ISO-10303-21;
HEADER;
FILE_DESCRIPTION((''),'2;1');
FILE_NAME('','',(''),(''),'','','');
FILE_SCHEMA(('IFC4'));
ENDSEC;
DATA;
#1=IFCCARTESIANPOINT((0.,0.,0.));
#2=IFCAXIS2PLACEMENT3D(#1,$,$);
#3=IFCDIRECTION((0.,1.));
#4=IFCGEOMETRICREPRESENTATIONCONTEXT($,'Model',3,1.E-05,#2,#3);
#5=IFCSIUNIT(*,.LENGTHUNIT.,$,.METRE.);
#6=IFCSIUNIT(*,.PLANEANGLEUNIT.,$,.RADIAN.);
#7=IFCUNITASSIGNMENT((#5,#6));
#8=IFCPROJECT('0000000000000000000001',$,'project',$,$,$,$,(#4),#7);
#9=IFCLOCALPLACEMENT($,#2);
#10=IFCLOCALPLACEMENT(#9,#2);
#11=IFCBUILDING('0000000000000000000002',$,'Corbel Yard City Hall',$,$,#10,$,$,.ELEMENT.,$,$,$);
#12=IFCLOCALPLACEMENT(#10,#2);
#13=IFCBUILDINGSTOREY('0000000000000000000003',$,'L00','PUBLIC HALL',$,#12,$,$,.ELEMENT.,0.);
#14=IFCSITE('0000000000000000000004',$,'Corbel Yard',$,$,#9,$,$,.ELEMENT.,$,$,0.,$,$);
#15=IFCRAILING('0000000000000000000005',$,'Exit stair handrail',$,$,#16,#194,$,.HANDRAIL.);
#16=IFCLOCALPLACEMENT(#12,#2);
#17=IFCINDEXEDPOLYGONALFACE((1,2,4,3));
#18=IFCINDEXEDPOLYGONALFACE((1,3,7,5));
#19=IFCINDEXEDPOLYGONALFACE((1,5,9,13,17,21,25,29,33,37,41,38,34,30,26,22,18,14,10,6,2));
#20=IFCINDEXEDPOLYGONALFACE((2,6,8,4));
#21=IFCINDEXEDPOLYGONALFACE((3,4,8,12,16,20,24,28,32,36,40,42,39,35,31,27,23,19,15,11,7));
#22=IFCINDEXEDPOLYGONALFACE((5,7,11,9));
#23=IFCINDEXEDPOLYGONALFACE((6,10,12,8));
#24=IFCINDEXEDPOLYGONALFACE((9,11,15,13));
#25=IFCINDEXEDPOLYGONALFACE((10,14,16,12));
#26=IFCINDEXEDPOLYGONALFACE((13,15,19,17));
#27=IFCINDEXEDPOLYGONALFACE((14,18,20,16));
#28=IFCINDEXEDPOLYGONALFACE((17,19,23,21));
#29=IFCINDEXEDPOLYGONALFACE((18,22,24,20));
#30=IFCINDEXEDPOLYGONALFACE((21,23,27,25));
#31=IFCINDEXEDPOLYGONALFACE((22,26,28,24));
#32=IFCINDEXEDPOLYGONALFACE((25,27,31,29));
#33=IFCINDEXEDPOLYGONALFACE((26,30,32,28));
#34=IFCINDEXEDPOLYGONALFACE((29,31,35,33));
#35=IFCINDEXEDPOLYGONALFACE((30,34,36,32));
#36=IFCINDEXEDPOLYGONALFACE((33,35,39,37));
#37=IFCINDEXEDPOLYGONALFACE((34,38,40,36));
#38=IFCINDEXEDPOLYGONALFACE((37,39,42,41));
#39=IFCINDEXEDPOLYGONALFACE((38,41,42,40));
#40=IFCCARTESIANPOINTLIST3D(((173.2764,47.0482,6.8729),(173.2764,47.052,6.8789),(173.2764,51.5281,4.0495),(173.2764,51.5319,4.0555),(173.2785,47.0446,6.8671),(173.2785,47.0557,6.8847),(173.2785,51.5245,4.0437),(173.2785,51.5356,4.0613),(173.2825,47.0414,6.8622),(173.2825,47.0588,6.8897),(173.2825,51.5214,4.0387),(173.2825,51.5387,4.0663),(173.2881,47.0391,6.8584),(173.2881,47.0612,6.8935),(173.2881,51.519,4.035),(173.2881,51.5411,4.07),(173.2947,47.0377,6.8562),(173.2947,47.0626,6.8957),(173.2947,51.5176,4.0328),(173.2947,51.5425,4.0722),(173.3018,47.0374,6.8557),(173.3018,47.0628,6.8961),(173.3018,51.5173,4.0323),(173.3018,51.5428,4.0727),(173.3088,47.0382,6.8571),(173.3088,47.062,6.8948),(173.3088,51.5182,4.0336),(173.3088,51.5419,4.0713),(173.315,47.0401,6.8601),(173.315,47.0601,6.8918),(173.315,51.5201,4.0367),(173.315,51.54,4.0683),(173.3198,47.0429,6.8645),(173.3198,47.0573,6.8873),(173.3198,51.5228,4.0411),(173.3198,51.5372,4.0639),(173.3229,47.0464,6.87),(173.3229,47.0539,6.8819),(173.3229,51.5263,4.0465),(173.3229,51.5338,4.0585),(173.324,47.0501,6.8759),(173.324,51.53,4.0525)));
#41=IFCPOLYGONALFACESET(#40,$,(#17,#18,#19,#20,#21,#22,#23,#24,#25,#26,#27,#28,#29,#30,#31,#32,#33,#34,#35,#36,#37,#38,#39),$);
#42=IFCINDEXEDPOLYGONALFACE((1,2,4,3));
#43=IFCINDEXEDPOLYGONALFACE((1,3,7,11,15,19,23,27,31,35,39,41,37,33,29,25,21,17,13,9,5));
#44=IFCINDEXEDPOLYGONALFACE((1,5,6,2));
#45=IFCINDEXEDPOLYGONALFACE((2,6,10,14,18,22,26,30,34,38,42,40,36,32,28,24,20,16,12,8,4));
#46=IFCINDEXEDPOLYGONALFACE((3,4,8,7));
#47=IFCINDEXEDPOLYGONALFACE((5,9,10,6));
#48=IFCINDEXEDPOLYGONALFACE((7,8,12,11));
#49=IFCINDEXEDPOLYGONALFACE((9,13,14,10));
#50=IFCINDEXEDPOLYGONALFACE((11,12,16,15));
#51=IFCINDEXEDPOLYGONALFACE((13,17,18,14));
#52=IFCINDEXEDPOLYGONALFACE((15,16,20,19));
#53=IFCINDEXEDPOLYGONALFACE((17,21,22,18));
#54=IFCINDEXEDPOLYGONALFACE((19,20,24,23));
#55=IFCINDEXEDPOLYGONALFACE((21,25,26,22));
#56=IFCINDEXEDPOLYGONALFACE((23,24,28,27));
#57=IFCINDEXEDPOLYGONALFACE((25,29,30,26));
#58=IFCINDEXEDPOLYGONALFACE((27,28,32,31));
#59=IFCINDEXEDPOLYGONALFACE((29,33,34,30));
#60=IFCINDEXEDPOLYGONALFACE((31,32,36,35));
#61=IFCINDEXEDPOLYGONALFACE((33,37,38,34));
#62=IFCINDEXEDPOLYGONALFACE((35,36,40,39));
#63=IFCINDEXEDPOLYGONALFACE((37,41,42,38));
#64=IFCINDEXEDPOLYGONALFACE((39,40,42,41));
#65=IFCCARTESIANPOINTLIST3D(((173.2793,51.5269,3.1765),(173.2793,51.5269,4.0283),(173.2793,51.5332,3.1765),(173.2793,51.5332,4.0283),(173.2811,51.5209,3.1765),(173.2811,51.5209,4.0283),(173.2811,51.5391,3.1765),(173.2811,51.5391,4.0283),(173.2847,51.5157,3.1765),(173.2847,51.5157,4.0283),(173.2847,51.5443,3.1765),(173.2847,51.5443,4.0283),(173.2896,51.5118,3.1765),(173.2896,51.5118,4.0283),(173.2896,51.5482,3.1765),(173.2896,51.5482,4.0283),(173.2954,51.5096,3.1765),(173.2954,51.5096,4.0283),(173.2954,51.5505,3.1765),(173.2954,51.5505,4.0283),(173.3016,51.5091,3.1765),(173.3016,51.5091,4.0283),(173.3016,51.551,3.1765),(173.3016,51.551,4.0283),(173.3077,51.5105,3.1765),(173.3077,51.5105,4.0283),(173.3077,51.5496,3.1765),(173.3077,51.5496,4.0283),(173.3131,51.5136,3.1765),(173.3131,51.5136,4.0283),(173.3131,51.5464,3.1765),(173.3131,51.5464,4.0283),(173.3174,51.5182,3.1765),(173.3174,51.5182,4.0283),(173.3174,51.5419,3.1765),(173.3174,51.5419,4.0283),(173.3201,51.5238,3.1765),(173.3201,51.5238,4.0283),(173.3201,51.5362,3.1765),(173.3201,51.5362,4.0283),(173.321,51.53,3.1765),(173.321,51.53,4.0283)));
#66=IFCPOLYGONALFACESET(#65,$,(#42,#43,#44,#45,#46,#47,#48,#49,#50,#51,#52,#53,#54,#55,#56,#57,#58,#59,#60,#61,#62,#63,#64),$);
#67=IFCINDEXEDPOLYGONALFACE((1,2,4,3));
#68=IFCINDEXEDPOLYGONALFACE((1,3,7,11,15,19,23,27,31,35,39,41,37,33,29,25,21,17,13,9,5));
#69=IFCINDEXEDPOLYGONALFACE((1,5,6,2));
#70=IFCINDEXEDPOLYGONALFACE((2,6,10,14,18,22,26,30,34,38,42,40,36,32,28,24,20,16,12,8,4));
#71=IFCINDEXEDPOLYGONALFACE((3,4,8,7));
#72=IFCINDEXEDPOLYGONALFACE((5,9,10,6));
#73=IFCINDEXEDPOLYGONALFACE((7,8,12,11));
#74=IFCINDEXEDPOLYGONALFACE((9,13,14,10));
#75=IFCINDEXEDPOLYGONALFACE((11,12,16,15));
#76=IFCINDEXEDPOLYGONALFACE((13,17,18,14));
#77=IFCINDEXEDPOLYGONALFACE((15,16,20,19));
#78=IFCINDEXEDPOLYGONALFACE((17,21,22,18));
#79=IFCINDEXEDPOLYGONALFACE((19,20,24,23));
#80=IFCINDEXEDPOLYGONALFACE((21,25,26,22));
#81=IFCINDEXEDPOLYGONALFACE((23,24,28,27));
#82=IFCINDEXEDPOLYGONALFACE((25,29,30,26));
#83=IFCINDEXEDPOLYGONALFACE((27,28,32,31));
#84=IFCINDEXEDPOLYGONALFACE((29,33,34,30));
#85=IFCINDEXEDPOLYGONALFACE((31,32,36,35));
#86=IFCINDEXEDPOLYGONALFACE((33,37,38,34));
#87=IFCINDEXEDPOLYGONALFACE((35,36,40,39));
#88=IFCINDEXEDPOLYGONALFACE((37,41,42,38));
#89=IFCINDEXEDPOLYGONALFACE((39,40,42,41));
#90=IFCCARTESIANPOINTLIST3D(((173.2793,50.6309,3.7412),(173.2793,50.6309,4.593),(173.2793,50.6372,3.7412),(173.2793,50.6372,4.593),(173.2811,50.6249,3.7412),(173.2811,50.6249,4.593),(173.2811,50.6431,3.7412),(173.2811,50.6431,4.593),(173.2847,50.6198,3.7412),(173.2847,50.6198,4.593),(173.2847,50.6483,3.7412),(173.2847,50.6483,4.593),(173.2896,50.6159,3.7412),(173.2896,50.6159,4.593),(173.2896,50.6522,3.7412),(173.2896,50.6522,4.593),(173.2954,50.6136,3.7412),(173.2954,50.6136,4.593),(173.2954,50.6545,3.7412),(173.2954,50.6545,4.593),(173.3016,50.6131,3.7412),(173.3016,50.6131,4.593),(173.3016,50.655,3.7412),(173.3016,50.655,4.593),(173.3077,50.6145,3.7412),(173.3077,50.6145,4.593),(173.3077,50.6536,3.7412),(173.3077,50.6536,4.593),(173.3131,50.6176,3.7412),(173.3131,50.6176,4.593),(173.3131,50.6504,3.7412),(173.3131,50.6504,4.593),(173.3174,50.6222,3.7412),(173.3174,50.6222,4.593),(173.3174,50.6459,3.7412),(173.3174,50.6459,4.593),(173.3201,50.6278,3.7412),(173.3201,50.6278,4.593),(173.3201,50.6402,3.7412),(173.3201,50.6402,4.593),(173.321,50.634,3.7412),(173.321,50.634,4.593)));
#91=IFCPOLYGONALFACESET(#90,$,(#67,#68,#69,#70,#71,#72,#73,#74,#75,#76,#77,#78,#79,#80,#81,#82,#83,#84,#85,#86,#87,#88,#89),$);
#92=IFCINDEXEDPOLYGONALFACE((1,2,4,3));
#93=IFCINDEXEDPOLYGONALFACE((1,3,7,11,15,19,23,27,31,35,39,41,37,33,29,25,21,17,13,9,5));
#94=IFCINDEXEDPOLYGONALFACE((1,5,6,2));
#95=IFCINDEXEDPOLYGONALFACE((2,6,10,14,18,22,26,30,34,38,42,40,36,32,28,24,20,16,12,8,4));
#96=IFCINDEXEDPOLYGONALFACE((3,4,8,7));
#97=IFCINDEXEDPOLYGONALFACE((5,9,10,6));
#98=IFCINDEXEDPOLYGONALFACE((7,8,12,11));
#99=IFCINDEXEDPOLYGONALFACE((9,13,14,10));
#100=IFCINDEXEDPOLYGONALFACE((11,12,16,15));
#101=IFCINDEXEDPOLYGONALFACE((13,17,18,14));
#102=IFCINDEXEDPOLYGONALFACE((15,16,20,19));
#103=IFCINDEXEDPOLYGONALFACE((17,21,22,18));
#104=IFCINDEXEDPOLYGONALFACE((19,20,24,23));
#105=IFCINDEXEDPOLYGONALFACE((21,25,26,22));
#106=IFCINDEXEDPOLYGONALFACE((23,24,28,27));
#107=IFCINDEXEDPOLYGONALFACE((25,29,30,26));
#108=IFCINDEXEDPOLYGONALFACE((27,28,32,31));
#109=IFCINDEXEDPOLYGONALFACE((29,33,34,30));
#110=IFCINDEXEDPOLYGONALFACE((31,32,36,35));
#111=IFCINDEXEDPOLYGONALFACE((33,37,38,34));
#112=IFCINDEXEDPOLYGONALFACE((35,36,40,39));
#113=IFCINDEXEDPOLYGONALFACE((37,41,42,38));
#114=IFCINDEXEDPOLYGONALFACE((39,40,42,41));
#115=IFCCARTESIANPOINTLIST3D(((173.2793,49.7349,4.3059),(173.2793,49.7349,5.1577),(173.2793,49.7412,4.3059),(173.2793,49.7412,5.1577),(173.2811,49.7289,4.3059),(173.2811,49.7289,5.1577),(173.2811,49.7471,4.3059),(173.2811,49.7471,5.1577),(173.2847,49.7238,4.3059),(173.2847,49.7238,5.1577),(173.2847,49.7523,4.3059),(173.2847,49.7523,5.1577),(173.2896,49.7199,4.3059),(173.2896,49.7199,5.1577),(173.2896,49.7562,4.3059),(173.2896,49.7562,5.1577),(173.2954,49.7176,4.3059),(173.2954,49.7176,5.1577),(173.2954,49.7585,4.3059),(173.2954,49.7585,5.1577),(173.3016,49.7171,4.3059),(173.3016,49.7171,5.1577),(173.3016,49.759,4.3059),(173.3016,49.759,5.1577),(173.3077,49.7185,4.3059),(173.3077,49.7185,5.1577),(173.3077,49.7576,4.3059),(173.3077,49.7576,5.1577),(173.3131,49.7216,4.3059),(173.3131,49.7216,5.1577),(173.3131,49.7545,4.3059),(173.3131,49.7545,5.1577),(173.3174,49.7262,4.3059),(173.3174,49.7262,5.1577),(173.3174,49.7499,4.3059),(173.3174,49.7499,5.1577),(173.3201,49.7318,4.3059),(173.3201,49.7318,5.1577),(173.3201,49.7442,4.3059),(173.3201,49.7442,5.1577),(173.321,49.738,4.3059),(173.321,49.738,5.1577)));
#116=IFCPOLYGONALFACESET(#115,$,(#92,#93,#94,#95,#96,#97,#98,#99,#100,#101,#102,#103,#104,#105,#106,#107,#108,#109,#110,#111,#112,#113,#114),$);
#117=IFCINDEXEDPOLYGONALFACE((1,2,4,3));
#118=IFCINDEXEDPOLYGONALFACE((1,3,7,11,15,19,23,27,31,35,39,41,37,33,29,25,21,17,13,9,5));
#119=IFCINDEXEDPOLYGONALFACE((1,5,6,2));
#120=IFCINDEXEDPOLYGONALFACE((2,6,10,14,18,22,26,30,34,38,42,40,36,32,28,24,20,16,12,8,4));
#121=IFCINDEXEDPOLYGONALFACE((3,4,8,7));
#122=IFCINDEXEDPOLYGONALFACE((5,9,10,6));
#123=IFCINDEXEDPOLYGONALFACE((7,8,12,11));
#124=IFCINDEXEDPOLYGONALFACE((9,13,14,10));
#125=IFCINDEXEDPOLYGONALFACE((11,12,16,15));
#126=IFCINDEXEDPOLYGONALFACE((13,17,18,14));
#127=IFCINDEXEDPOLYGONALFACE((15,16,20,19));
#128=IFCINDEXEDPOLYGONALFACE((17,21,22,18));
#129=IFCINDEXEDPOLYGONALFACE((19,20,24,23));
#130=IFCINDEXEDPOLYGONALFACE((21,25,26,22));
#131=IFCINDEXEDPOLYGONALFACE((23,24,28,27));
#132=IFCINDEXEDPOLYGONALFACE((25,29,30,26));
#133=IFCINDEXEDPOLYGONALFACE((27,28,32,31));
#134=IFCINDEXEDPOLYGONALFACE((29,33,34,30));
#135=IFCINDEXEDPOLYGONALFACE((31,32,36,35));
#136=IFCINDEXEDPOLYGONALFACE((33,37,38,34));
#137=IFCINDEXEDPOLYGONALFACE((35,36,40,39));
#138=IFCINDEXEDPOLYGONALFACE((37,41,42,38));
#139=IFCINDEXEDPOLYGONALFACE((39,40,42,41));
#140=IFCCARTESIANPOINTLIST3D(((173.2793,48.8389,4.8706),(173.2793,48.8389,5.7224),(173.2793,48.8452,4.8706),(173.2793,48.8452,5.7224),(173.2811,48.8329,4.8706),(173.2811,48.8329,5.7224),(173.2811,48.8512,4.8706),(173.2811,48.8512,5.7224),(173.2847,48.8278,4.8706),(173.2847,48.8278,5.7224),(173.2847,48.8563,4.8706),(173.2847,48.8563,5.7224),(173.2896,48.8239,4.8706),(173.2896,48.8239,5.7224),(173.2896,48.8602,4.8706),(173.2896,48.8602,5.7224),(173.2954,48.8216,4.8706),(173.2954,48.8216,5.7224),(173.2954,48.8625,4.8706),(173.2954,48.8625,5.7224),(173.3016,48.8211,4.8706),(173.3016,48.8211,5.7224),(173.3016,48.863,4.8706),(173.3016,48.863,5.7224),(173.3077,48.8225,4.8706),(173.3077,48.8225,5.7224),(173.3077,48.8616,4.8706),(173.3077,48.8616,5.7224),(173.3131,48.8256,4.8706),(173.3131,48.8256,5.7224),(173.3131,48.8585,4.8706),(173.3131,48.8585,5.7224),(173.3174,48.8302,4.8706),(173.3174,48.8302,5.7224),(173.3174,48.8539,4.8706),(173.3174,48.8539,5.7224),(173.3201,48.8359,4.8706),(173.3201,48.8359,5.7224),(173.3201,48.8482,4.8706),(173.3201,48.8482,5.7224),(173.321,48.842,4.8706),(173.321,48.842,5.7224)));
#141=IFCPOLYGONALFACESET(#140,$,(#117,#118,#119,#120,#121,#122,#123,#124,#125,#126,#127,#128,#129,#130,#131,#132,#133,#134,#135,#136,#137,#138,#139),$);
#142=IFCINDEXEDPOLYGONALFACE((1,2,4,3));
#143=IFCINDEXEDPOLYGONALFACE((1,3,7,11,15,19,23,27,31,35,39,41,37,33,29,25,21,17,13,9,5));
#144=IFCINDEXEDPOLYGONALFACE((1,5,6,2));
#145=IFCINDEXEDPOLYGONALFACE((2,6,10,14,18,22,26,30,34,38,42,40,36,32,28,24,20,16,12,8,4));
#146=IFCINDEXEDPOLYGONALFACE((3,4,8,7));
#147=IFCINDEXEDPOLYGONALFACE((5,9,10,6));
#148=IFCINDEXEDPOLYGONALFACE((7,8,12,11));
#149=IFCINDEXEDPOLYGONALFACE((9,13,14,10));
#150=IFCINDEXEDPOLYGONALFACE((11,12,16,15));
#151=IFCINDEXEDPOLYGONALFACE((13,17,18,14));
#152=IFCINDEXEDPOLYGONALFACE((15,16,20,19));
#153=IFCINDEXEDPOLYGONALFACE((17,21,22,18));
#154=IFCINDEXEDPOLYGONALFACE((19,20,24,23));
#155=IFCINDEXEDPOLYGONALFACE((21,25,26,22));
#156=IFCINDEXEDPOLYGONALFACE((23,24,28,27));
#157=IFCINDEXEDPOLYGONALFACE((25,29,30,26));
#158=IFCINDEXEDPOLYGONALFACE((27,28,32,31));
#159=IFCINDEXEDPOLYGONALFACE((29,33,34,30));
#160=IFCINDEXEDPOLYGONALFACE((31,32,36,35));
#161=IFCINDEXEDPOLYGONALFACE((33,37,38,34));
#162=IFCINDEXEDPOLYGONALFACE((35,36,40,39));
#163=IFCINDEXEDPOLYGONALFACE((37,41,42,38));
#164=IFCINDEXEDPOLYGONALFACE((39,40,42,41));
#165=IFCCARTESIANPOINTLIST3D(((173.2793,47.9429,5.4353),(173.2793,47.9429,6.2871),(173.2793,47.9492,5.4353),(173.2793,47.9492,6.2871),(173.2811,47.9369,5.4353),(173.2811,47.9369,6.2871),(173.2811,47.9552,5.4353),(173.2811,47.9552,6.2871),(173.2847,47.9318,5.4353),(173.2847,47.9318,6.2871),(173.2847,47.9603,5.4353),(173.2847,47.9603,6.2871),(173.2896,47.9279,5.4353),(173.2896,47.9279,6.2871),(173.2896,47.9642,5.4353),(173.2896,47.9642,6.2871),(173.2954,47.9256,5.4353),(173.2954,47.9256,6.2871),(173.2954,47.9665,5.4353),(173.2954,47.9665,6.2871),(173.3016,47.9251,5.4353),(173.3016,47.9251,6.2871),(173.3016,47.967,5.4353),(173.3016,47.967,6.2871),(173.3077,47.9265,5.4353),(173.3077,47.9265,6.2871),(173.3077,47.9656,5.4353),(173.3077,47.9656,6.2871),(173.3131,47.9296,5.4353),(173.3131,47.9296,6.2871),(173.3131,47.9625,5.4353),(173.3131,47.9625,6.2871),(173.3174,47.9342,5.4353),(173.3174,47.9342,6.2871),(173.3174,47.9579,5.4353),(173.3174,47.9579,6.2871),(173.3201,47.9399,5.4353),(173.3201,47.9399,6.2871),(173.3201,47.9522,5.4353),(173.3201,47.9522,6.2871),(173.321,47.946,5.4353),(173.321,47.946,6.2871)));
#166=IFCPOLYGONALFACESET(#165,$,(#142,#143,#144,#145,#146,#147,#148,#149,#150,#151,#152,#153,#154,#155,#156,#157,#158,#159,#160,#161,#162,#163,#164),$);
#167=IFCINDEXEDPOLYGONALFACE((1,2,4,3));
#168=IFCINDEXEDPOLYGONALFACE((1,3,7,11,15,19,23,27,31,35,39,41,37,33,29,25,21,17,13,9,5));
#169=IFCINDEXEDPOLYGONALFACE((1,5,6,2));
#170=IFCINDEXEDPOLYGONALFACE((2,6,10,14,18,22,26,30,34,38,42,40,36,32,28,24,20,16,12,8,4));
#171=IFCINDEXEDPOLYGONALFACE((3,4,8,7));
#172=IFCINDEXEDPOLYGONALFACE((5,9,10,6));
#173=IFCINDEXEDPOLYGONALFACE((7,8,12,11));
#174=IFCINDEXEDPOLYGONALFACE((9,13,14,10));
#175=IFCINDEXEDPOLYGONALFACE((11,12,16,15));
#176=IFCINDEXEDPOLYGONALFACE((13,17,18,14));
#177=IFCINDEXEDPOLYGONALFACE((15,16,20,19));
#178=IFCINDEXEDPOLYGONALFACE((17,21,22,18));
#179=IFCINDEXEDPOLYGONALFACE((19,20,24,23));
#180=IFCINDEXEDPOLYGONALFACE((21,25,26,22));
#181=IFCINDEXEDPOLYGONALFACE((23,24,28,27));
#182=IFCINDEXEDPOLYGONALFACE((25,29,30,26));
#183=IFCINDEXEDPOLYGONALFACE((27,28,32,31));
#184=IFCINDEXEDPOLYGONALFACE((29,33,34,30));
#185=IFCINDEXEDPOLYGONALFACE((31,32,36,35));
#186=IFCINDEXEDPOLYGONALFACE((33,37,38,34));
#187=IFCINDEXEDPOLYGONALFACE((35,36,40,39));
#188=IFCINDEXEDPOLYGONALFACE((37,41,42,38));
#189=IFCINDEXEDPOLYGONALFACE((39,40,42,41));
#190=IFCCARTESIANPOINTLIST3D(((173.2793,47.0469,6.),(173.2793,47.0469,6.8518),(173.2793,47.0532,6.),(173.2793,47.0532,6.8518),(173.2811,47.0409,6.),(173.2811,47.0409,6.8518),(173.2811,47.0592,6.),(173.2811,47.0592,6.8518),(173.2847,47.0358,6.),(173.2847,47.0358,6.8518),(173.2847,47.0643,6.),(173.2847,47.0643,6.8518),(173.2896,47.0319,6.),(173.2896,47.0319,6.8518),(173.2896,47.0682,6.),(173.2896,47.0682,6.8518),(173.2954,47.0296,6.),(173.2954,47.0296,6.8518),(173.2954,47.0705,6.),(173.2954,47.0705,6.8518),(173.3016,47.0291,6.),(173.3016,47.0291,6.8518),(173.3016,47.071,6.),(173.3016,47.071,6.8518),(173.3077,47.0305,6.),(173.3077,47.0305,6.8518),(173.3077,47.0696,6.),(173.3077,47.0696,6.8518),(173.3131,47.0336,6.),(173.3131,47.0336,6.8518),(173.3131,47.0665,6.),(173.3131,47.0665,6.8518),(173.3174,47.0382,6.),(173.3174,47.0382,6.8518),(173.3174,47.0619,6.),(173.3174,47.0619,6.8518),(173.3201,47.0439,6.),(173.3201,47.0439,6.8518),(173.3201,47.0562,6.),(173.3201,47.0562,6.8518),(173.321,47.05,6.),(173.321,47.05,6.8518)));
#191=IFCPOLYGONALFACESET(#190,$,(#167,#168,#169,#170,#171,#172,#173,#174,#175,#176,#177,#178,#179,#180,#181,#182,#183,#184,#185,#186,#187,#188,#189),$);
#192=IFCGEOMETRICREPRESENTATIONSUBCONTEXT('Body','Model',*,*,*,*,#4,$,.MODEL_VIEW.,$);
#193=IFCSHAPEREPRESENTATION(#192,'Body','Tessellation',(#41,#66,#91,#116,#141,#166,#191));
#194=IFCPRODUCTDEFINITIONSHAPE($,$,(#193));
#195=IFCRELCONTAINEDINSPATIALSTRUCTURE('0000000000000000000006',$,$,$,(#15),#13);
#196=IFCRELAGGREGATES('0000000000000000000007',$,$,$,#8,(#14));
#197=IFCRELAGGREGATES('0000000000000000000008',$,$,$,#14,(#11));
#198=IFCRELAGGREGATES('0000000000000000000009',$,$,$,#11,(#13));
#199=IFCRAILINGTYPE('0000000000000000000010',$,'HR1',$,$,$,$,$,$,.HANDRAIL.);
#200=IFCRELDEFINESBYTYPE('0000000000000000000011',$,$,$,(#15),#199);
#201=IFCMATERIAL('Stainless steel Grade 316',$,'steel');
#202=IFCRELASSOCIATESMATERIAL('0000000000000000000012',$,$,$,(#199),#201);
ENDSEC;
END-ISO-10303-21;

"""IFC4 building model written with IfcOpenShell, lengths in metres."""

from ifc_helpers import new_model, si_unit, direction, frame, origin, origin_2d, place, context, subcontext, project, spatial, circle, extrude, material, type_object, element, save


model = new_model("IFC4")

# Units and contexts
model_context = context("Model", 3, precision=1e-05, world=origin(), true_north=direction((0.0, 1.0)))
body_context = subcontext(model_context, "Body", "Model", "MODEL_VIEW")
ifc_project = project(units=[si_unit("LENGTHUNIT", "METRE"), si_unit("PLANEANGLEUNIT", "RADIAN")], contexts=[model_context])

# Site, building, storey
site_placement = place(None, origin())
site = spatial("IfcSite", under=ifc_project, at=site_placement, Name="Corbel Yard", CompositionType="ELEMENT", RefElevation=0.0)
building_placement = place(site_placement, origin())
building = spatial("IfcBuilding", under=site, at=building_placement, Name="Corbel Yard City Hall", CompositionType="ELEMENT")
storey_placement = place(building_placement, origin())
storey = spatial("IfcBuildingStorey", under=building, at=storey_placement, Name="L00", Description="PUBLIC HALL", CompositionType="ELEMENT", Elevation=0.0)

# Shared definitions
ifc_material_1 = material(Name="Stainless steel Grade 316", Category="steel")

# Railing
railing_type = type_object("IfcRailingType", Name="HR1", PredefinedType="HANDRAIL", material=ifc_material_1)
for number, where, name in (
    (1, (173.3, 51.53, 3.1765), "Exit stair handrail"),
):
    element("IfcRailing", number, at=place(storey_placement, frame(where)), inside=storey, type_object=railing_type, Name=name, PredefinedType="HANDRAIL", context=body_context, shape_type="SweptSolid", body=[
        extrude(circle(Radius=0.0239, at=origin_2d()), frame((0.0, 0.0, 0.876), z_axis=(0.0, -0.845998, 0.533186), x_axis=(1.0, 0.0, 0.0)), (0.0, 0.0, 1.0), 5.2954),
        extrude(circle(Radius=0.021, at=origin_2d()), origin(), (0.0, 0.0, 1.0), 0.8518),
        extrude(circle(Radius=0.021, at=origin_2d()), frame((0.0, -0.896, 0.5647)), (0.0, 0.0, 1.0), 0.8518),
        extrude(circle(Radius=0.021, at=origin_2d()), frame((0.0, -1.792, 1.1294)), (0.0, 0.0, 1.0), 0.8518),
        extrude(circle(Radius=0.021, at=origin_2d()), frame((0.0, -2.688, 1.6941)), (0.0, 0.0, 1.0), 0.8518),
        extrude(circle(Radius=0.021, at=origin_2d()), frame((0.0, -3.584, 2.2588)), (0.0, 0.0, 1.0), 0.8518),
        extrude(circle(Radius=0.021, at=origin_2d()), frame((0.0, -4.48, 2.8235)), (0.0, 0.0, 1.0), 0.8518),
    ])

save(model, "model.ifc")
